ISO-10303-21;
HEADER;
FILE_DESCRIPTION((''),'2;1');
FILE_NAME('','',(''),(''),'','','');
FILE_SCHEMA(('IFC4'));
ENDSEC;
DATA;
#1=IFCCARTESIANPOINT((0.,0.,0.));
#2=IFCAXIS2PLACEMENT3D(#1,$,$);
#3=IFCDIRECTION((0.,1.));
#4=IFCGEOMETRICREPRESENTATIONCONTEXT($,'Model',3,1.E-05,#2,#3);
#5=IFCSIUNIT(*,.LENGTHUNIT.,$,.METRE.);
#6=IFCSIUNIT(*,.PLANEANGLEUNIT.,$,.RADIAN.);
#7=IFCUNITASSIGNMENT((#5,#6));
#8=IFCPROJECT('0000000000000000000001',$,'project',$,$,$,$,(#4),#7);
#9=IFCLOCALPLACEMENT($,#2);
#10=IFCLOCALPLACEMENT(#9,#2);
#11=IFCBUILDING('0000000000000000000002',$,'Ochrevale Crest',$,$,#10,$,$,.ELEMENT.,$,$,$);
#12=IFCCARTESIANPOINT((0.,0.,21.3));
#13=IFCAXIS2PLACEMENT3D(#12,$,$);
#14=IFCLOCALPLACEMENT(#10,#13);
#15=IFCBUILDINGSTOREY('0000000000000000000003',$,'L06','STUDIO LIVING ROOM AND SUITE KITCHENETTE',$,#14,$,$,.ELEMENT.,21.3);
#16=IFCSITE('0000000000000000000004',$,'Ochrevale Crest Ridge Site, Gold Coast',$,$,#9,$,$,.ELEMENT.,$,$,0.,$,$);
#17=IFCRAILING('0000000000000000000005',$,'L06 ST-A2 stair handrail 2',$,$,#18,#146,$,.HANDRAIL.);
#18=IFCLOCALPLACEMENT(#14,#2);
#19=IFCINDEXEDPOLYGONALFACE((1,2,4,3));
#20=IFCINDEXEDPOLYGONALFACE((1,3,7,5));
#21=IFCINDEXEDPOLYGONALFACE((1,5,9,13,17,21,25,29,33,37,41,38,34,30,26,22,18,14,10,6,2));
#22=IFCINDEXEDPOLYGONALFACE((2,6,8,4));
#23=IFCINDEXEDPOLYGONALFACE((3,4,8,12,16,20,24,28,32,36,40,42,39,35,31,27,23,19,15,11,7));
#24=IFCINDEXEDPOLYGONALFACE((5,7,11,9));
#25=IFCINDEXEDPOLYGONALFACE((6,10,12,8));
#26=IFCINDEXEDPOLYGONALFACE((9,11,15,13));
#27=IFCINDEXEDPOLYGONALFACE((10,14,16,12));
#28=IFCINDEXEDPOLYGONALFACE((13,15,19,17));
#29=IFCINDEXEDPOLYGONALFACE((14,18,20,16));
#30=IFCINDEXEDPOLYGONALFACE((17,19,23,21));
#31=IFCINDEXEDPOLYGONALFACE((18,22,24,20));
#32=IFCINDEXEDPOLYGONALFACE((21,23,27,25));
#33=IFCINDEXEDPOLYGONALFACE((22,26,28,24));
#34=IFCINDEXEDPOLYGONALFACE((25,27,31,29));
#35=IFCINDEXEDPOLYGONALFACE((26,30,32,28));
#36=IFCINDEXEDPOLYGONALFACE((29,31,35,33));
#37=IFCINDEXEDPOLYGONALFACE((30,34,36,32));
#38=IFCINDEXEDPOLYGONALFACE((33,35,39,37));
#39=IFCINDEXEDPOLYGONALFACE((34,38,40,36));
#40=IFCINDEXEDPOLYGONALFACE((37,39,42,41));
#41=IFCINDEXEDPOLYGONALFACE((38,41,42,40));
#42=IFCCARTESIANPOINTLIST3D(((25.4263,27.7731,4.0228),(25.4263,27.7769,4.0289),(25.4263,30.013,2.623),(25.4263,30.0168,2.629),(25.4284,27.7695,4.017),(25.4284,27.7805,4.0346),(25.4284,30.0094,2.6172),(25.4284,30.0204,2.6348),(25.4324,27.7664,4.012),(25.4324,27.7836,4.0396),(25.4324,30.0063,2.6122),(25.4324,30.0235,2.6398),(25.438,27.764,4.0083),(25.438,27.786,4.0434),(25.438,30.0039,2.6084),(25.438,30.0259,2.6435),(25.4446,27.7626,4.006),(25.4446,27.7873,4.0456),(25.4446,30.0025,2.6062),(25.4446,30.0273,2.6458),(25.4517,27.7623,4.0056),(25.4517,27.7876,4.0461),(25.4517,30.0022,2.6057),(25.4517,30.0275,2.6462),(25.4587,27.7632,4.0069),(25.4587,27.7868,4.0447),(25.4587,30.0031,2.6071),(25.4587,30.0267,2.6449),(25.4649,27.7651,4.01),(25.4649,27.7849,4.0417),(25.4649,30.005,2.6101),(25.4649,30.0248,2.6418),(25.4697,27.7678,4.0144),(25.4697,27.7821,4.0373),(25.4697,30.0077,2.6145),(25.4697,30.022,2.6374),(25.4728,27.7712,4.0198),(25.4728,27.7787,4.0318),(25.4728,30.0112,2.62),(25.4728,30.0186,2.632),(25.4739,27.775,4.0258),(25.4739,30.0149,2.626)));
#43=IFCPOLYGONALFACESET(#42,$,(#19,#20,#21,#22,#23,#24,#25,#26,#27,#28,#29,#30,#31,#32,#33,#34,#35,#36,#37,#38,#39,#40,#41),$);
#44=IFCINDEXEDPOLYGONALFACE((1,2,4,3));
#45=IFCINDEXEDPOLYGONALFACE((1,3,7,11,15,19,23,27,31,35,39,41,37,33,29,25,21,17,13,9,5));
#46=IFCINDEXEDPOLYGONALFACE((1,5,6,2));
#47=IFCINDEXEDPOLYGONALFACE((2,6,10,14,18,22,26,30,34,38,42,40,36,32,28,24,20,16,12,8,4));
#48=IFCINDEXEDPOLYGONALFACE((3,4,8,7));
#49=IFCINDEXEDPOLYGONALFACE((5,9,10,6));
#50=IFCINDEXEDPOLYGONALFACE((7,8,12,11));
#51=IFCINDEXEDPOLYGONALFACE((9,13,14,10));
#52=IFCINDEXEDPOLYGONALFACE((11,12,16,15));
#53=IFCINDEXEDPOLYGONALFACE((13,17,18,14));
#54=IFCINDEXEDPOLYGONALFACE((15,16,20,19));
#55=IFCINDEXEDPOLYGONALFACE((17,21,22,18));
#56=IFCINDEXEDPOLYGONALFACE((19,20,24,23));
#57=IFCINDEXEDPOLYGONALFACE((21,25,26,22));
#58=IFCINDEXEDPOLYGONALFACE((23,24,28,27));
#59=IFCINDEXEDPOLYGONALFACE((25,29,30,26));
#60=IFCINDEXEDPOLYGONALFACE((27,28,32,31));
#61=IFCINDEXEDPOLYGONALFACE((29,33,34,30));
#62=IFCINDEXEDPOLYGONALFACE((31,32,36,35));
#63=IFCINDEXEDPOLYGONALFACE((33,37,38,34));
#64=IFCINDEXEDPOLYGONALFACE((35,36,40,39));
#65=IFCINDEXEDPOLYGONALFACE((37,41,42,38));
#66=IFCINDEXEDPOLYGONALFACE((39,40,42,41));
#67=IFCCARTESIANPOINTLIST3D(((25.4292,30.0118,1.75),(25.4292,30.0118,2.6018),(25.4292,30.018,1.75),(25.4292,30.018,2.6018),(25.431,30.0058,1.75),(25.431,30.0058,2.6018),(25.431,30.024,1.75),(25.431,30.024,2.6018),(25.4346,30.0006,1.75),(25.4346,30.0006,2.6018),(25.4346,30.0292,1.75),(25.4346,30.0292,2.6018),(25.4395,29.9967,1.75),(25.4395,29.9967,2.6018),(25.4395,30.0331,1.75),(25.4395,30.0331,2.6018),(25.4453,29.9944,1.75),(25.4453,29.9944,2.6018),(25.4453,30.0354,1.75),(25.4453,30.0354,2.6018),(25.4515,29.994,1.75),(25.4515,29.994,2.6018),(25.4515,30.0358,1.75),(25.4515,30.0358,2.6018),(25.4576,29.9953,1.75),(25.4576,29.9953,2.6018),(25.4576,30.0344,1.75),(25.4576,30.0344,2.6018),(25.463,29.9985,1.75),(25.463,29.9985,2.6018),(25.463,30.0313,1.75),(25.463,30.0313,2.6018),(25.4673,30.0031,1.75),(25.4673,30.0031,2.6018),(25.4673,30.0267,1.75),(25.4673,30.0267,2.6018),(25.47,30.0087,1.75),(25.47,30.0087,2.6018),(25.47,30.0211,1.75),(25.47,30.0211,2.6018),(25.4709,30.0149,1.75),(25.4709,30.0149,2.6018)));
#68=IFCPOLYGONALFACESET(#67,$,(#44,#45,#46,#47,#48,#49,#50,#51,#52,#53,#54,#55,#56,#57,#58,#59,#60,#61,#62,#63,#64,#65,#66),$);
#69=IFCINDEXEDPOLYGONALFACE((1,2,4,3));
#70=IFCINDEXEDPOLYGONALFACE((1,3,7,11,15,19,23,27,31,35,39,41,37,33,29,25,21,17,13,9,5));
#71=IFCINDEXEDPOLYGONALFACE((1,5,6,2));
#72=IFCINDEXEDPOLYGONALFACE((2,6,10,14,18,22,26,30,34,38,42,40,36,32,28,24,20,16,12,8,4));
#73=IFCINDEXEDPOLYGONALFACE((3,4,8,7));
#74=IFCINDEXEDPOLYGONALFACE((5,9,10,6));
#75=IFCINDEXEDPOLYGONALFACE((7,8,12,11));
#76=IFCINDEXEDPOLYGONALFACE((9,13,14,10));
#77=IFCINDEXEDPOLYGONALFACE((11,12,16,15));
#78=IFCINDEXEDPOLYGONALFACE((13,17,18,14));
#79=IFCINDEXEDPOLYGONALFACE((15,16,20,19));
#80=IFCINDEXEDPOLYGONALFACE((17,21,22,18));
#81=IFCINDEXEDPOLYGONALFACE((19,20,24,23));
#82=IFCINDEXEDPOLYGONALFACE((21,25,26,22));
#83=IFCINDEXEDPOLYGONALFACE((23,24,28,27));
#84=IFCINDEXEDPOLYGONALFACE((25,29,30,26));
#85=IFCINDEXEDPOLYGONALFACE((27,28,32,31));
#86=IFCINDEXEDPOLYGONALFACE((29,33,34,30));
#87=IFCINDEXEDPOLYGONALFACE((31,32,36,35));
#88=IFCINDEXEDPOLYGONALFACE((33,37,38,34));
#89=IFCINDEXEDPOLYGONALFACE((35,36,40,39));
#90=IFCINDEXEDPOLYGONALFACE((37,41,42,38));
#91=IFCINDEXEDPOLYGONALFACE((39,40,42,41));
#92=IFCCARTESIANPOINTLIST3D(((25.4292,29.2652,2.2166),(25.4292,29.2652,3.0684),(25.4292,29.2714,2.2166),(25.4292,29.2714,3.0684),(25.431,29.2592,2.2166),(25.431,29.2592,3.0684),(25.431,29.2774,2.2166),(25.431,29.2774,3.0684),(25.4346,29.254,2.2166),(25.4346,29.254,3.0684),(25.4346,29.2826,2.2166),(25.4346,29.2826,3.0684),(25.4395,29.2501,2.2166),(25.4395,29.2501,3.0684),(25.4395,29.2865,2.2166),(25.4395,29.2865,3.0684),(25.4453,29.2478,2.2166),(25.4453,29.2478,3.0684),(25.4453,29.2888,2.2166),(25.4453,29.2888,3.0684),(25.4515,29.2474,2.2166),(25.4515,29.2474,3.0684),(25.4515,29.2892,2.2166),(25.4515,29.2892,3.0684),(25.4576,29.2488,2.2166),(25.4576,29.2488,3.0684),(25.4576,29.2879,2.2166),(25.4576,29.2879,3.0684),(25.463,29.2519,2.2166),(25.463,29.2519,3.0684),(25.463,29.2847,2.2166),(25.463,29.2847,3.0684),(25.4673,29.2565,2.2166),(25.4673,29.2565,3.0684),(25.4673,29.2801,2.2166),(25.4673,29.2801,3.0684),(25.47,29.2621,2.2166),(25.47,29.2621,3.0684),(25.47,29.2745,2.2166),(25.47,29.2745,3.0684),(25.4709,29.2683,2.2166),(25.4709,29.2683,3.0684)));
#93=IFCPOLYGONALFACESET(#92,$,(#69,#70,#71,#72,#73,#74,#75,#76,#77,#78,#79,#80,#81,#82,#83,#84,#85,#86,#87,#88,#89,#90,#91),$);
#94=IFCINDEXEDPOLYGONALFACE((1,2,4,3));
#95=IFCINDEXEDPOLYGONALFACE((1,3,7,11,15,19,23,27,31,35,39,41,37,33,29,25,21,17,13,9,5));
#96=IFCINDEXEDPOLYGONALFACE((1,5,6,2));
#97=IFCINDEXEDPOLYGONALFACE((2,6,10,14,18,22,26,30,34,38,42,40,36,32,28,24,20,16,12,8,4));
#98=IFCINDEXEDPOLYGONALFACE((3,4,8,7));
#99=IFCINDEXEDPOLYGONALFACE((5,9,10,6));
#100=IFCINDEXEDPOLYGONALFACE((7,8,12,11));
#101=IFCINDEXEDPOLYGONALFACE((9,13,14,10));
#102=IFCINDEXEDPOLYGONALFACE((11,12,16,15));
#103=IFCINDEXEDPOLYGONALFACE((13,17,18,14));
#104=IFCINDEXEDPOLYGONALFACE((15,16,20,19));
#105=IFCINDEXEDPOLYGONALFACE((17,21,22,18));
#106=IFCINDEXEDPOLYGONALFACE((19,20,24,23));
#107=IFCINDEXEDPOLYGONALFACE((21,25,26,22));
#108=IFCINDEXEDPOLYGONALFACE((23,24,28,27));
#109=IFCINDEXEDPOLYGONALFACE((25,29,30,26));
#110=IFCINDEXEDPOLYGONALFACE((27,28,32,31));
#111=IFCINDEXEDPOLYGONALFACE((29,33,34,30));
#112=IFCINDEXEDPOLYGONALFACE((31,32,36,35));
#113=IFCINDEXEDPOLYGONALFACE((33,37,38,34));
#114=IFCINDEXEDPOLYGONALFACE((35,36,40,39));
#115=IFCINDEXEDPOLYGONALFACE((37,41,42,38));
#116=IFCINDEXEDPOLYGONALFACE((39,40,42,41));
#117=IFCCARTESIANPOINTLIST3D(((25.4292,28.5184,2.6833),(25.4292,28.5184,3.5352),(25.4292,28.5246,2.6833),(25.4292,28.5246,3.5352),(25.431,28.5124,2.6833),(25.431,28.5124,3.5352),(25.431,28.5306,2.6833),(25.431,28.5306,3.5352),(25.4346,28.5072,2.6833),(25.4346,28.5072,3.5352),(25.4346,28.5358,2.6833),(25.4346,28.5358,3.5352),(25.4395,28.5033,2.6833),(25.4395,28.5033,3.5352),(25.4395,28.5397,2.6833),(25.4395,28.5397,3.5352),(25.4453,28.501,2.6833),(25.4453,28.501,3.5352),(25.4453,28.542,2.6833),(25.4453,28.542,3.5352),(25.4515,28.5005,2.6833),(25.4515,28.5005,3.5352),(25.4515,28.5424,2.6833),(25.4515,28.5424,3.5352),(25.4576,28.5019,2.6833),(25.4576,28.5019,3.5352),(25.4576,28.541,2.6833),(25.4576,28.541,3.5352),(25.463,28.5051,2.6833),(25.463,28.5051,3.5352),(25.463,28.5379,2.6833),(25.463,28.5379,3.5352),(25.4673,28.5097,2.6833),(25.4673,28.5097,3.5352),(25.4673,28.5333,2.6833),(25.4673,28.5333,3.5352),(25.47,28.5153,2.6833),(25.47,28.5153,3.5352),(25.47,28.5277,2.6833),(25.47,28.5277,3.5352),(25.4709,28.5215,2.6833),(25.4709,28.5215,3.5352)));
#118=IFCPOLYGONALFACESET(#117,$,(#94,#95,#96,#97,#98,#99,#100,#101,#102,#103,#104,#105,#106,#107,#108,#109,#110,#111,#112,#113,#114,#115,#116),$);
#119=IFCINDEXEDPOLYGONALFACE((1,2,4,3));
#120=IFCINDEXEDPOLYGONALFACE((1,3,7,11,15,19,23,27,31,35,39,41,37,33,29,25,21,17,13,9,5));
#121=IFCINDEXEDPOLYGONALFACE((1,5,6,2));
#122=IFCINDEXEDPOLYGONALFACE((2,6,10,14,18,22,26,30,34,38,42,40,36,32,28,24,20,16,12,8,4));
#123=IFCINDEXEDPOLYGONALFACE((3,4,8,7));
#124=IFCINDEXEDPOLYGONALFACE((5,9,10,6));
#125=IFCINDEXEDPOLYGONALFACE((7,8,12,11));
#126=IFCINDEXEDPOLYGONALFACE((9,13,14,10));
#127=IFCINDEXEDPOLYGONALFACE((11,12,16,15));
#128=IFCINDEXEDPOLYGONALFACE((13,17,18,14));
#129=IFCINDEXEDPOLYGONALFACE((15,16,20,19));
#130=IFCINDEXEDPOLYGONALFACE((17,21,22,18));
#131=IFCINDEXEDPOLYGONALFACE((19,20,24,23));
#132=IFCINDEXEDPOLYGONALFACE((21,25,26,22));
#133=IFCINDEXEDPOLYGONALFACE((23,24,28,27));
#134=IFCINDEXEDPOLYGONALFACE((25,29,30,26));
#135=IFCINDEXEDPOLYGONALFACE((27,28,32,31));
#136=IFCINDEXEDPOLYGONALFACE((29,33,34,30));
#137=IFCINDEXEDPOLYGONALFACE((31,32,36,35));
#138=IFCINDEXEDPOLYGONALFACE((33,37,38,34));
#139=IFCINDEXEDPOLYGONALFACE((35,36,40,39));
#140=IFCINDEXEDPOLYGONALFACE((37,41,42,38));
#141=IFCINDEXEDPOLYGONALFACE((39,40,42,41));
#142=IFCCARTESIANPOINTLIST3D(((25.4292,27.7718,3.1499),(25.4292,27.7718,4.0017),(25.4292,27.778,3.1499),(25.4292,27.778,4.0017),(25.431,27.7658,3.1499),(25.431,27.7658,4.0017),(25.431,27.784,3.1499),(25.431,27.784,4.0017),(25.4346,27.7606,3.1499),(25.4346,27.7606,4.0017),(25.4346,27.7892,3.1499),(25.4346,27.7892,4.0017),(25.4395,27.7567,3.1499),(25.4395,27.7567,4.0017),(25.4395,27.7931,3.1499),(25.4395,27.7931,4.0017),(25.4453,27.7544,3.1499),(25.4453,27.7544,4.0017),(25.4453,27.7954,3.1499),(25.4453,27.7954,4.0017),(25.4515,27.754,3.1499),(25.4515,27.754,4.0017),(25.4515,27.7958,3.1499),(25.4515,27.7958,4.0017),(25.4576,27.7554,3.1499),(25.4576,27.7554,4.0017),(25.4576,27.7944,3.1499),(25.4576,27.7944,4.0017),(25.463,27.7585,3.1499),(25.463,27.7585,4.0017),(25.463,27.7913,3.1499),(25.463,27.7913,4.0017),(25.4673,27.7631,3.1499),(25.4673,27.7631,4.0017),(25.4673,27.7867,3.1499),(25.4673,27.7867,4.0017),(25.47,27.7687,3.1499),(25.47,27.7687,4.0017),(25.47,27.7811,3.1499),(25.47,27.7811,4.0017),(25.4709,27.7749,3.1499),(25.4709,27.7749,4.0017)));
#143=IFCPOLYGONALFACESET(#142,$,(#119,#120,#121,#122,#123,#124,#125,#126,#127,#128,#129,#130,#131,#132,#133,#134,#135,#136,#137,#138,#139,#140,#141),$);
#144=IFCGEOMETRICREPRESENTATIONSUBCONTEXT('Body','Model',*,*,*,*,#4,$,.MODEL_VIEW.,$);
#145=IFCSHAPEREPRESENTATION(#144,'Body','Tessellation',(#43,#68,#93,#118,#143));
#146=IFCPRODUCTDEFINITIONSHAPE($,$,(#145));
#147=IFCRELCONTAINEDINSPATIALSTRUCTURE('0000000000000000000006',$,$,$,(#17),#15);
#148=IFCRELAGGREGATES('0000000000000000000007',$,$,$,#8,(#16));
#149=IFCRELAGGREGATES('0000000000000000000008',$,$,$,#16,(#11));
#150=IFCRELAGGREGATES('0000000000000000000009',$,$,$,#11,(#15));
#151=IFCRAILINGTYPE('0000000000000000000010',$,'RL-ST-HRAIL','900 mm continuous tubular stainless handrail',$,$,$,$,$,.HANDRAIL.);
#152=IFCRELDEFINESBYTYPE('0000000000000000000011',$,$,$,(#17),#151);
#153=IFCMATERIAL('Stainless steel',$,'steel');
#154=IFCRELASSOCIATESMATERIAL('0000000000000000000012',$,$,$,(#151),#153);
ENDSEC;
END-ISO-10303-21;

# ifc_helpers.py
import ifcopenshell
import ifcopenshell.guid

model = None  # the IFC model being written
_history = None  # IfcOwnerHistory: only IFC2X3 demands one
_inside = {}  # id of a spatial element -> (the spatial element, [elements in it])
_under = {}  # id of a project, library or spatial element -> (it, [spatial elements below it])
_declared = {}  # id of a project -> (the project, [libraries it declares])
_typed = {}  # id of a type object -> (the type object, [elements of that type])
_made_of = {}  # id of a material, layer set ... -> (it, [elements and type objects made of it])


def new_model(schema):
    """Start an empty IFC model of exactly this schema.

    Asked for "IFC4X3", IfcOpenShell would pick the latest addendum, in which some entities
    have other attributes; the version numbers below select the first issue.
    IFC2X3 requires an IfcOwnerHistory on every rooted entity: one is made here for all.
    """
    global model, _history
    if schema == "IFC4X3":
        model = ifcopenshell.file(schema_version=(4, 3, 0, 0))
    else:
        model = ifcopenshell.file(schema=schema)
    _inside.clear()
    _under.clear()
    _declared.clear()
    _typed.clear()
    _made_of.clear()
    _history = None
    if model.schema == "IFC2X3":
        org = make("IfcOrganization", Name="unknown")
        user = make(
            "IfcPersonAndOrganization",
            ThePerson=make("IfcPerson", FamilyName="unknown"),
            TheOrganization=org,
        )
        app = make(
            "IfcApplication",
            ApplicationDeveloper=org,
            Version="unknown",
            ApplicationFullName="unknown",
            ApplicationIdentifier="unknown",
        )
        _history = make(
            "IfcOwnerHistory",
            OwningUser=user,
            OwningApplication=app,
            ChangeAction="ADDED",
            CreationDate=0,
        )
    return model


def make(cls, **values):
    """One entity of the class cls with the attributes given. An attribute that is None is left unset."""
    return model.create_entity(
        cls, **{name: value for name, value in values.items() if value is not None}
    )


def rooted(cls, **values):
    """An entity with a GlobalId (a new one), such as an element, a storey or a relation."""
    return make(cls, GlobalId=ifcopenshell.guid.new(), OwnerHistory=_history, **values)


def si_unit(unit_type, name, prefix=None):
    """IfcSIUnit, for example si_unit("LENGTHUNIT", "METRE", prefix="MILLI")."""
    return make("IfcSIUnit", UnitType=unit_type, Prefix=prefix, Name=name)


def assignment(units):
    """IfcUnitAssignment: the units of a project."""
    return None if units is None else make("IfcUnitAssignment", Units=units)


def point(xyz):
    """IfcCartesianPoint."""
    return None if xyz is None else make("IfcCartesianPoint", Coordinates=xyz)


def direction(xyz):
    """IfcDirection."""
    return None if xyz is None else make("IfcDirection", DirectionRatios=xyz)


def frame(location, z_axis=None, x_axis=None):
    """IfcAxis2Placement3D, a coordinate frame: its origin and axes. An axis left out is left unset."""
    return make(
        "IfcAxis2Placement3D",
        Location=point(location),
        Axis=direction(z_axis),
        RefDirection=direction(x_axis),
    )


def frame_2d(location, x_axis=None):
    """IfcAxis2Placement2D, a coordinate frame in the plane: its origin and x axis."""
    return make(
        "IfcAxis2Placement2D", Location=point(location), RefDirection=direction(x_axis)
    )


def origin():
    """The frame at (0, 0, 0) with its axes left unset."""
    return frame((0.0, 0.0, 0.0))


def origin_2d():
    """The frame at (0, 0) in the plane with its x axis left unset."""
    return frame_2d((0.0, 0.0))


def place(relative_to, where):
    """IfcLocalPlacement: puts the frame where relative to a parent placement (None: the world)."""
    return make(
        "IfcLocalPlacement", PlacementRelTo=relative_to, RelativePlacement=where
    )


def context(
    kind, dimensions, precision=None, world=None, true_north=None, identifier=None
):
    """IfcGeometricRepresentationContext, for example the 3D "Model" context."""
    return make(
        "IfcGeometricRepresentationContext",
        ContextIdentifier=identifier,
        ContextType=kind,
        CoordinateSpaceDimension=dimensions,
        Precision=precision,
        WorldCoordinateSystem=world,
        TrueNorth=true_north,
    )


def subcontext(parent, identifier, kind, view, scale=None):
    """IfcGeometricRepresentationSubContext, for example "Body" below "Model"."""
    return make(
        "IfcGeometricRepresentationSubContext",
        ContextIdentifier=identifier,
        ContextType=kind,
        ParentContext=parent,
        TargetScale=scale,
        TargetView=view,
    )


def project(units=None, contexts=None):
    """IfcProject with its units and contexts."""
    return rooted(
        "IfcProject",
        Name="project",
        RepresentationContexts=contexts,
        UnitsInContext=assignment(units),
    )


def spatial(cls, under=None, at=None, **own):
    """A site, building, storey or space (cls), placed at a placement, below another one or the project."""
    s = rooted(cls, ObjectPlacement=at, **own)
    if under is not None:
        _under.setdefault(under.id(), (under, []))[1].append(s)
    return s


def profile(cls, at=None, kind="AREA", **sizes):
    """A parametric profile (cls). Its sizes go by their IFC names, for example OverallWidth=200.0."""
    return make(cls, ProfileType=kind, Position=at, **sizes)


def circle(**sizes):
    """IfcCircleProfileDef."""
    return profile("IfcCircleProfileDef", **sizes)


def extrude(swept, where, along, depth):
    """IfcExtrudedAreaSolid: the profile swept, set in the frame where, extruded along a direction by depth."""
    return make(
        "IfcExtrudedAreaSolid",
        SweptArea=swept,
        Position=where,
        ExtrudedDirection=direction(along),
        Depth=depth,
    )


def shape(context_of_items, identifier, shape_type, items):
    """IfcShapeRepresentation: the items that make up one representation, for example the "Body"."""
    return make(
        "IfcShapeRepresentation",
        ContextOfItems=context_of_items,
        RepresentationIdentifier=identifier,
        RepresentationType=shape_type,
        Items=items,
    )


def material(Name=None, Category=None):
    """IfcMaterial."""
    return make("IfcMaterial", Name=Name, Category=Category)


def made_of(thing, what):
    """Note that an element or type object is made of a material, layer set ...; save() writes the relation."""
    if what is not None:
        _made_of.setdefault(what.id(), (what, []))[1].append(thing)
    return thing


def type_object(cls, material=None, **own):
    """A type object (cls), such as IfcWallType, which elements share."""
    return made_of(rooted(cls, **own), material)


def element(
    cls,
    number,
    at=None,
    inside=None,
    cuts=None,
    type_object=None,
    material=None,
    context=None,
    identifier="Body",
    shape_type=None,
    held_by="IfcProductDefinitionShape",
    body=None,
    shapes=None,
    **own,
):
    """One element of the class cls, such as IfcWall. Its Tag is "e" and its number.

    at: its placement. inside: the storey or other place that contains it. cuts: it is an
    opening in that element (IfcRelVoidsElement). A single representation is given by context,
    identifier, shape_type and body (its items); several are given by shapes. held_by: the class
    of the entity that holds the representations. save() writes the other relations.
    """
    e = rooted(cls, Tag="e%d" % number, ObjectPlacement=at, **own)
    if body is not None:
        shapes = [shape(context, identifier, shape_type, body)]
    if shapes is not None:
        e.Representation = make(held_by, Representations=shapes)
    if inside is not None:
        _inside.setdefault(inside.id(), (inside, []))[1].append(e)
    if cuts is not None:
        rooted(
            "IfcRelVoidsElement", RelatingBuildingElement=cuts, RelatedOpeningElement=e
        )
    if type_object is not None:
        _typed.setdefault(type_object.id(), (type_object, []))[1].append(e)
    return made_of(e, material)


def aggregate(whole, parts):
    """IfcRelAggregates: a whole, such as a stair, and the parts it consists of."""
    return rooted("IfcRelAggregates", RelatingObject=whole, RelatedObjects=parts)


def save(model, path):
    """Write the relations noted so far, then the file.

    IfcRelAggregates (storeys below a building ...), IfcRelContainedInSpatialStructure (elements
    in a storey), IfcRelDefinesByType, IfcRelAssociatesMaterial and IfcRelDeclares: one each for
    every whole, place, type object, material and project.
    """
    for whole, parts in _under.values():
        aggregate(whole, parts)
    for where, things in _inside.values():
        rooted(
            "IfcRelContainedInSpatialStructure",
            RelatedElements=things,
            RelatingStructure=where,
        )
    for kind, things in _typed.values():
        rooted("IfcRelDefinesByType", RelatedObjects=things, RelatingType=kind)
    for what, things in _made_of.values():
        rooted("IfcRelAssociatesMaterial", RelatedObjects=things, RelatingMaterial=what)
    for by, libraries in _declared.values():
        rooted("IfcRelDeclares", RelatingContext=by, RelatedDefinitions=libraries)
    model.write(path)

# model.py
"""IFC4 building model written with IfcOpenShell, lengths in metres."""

from ifc_helpers import new_model, si_unit, direction, frame, origin, origin_2d, place, context, subcontext, project, spatial, circle, extrude, material, type_object, element, save


model = new_model("IFC4")

# Units and contexts
model_context = context("Model", 3, precision=1e-05, world=origin(), true_north=direction((0.0, 1.0)))
body_context = subcontext(model_context, "Body", "Model", "MODEL_VIEW")
ifc_project = project(units=[si_unit("LENGTHUNIT", "METRE"), si_unit("PLANEANGLEUNIT", "RADIAN")], contexts=[model_context])

# Site, building, storey
site_placement = place(None, origin())
site = spatial("IfcSite", under=ifc_project, at=site_placement, Name="Ochrevale Crest Ridge Site, Gold Coast", CompositionType="ELEMENT", RefElevation=0.0)
building_placement = place(site_placement, origin())
building = spatial("IfcBuilding", under=site, at=building_placement, Name="Ochrevale Crest", CompositionType="ELEMENT")
storey_placement = place(building_placement, frame((0.0, 0.0, 21.3)))
storey = spatial("IfcBuildingStorey", under=building, at=storey_placement, Name="L06", Description="STUDIO LIVING ROOM AND SUITE KITCHENETTE", CompositionType="ELEMENT", Elevation=21.3)

# Railing
ifc_material_1 = material(Name="Stainless steel", Category="steel")
railing_type_1 = type_object("IfcRailingType", Name="RL-ST-HRAIL", Description="900 mm continuous tubular stainless handrail", PredefinedType="HANDRAIL", material=ifc_material_1)
railing_1_placement = place(storey_placement, frame((25.45, 30.0149, 1.75)))
element("IfcRailing", 1, at=railing_1_placement, inside=storey, type_object=railing_type_1, Name="L06 ST-A2 stair handrail 2", PredefinedType="HANDRAIL", context=body_context, shape_type="SweptSolid", body=[
    extrude(circle(Radius=0.0239, at=origin_2d()), frame((0.0, 0.0, 0.876), z_axis=(0.0, -0.848014, 0.529974), x_axis=(1.0, 0.0, 0.0)), (0.0, 0.0, 1.0), 2.6414),
    extrude(circle(Radius=0.021, at=origin_2d()), origin(), (0.0, 0.0, 1.0), 0.8518),
    extrude(circle(Radius=0.021, at=origin_2d()), frame((0.0, -0.7466, 0.4666)), (0.0, 0.0, 1.0), 0.8518),
    extrude(circle(Radius=0.021, at=origin_2d()), frame((0.0, -1.4934, 0.9333)), (0.0, 0.0, 1.0), 0.8518),
    extrude(circle(Radius=0.021, at=origin_2d()), frame((0.0, -2.24, 1.3999)), (0.0, 0.0, 1.0), 0.8518),
])

save(model, "model.ifc")
